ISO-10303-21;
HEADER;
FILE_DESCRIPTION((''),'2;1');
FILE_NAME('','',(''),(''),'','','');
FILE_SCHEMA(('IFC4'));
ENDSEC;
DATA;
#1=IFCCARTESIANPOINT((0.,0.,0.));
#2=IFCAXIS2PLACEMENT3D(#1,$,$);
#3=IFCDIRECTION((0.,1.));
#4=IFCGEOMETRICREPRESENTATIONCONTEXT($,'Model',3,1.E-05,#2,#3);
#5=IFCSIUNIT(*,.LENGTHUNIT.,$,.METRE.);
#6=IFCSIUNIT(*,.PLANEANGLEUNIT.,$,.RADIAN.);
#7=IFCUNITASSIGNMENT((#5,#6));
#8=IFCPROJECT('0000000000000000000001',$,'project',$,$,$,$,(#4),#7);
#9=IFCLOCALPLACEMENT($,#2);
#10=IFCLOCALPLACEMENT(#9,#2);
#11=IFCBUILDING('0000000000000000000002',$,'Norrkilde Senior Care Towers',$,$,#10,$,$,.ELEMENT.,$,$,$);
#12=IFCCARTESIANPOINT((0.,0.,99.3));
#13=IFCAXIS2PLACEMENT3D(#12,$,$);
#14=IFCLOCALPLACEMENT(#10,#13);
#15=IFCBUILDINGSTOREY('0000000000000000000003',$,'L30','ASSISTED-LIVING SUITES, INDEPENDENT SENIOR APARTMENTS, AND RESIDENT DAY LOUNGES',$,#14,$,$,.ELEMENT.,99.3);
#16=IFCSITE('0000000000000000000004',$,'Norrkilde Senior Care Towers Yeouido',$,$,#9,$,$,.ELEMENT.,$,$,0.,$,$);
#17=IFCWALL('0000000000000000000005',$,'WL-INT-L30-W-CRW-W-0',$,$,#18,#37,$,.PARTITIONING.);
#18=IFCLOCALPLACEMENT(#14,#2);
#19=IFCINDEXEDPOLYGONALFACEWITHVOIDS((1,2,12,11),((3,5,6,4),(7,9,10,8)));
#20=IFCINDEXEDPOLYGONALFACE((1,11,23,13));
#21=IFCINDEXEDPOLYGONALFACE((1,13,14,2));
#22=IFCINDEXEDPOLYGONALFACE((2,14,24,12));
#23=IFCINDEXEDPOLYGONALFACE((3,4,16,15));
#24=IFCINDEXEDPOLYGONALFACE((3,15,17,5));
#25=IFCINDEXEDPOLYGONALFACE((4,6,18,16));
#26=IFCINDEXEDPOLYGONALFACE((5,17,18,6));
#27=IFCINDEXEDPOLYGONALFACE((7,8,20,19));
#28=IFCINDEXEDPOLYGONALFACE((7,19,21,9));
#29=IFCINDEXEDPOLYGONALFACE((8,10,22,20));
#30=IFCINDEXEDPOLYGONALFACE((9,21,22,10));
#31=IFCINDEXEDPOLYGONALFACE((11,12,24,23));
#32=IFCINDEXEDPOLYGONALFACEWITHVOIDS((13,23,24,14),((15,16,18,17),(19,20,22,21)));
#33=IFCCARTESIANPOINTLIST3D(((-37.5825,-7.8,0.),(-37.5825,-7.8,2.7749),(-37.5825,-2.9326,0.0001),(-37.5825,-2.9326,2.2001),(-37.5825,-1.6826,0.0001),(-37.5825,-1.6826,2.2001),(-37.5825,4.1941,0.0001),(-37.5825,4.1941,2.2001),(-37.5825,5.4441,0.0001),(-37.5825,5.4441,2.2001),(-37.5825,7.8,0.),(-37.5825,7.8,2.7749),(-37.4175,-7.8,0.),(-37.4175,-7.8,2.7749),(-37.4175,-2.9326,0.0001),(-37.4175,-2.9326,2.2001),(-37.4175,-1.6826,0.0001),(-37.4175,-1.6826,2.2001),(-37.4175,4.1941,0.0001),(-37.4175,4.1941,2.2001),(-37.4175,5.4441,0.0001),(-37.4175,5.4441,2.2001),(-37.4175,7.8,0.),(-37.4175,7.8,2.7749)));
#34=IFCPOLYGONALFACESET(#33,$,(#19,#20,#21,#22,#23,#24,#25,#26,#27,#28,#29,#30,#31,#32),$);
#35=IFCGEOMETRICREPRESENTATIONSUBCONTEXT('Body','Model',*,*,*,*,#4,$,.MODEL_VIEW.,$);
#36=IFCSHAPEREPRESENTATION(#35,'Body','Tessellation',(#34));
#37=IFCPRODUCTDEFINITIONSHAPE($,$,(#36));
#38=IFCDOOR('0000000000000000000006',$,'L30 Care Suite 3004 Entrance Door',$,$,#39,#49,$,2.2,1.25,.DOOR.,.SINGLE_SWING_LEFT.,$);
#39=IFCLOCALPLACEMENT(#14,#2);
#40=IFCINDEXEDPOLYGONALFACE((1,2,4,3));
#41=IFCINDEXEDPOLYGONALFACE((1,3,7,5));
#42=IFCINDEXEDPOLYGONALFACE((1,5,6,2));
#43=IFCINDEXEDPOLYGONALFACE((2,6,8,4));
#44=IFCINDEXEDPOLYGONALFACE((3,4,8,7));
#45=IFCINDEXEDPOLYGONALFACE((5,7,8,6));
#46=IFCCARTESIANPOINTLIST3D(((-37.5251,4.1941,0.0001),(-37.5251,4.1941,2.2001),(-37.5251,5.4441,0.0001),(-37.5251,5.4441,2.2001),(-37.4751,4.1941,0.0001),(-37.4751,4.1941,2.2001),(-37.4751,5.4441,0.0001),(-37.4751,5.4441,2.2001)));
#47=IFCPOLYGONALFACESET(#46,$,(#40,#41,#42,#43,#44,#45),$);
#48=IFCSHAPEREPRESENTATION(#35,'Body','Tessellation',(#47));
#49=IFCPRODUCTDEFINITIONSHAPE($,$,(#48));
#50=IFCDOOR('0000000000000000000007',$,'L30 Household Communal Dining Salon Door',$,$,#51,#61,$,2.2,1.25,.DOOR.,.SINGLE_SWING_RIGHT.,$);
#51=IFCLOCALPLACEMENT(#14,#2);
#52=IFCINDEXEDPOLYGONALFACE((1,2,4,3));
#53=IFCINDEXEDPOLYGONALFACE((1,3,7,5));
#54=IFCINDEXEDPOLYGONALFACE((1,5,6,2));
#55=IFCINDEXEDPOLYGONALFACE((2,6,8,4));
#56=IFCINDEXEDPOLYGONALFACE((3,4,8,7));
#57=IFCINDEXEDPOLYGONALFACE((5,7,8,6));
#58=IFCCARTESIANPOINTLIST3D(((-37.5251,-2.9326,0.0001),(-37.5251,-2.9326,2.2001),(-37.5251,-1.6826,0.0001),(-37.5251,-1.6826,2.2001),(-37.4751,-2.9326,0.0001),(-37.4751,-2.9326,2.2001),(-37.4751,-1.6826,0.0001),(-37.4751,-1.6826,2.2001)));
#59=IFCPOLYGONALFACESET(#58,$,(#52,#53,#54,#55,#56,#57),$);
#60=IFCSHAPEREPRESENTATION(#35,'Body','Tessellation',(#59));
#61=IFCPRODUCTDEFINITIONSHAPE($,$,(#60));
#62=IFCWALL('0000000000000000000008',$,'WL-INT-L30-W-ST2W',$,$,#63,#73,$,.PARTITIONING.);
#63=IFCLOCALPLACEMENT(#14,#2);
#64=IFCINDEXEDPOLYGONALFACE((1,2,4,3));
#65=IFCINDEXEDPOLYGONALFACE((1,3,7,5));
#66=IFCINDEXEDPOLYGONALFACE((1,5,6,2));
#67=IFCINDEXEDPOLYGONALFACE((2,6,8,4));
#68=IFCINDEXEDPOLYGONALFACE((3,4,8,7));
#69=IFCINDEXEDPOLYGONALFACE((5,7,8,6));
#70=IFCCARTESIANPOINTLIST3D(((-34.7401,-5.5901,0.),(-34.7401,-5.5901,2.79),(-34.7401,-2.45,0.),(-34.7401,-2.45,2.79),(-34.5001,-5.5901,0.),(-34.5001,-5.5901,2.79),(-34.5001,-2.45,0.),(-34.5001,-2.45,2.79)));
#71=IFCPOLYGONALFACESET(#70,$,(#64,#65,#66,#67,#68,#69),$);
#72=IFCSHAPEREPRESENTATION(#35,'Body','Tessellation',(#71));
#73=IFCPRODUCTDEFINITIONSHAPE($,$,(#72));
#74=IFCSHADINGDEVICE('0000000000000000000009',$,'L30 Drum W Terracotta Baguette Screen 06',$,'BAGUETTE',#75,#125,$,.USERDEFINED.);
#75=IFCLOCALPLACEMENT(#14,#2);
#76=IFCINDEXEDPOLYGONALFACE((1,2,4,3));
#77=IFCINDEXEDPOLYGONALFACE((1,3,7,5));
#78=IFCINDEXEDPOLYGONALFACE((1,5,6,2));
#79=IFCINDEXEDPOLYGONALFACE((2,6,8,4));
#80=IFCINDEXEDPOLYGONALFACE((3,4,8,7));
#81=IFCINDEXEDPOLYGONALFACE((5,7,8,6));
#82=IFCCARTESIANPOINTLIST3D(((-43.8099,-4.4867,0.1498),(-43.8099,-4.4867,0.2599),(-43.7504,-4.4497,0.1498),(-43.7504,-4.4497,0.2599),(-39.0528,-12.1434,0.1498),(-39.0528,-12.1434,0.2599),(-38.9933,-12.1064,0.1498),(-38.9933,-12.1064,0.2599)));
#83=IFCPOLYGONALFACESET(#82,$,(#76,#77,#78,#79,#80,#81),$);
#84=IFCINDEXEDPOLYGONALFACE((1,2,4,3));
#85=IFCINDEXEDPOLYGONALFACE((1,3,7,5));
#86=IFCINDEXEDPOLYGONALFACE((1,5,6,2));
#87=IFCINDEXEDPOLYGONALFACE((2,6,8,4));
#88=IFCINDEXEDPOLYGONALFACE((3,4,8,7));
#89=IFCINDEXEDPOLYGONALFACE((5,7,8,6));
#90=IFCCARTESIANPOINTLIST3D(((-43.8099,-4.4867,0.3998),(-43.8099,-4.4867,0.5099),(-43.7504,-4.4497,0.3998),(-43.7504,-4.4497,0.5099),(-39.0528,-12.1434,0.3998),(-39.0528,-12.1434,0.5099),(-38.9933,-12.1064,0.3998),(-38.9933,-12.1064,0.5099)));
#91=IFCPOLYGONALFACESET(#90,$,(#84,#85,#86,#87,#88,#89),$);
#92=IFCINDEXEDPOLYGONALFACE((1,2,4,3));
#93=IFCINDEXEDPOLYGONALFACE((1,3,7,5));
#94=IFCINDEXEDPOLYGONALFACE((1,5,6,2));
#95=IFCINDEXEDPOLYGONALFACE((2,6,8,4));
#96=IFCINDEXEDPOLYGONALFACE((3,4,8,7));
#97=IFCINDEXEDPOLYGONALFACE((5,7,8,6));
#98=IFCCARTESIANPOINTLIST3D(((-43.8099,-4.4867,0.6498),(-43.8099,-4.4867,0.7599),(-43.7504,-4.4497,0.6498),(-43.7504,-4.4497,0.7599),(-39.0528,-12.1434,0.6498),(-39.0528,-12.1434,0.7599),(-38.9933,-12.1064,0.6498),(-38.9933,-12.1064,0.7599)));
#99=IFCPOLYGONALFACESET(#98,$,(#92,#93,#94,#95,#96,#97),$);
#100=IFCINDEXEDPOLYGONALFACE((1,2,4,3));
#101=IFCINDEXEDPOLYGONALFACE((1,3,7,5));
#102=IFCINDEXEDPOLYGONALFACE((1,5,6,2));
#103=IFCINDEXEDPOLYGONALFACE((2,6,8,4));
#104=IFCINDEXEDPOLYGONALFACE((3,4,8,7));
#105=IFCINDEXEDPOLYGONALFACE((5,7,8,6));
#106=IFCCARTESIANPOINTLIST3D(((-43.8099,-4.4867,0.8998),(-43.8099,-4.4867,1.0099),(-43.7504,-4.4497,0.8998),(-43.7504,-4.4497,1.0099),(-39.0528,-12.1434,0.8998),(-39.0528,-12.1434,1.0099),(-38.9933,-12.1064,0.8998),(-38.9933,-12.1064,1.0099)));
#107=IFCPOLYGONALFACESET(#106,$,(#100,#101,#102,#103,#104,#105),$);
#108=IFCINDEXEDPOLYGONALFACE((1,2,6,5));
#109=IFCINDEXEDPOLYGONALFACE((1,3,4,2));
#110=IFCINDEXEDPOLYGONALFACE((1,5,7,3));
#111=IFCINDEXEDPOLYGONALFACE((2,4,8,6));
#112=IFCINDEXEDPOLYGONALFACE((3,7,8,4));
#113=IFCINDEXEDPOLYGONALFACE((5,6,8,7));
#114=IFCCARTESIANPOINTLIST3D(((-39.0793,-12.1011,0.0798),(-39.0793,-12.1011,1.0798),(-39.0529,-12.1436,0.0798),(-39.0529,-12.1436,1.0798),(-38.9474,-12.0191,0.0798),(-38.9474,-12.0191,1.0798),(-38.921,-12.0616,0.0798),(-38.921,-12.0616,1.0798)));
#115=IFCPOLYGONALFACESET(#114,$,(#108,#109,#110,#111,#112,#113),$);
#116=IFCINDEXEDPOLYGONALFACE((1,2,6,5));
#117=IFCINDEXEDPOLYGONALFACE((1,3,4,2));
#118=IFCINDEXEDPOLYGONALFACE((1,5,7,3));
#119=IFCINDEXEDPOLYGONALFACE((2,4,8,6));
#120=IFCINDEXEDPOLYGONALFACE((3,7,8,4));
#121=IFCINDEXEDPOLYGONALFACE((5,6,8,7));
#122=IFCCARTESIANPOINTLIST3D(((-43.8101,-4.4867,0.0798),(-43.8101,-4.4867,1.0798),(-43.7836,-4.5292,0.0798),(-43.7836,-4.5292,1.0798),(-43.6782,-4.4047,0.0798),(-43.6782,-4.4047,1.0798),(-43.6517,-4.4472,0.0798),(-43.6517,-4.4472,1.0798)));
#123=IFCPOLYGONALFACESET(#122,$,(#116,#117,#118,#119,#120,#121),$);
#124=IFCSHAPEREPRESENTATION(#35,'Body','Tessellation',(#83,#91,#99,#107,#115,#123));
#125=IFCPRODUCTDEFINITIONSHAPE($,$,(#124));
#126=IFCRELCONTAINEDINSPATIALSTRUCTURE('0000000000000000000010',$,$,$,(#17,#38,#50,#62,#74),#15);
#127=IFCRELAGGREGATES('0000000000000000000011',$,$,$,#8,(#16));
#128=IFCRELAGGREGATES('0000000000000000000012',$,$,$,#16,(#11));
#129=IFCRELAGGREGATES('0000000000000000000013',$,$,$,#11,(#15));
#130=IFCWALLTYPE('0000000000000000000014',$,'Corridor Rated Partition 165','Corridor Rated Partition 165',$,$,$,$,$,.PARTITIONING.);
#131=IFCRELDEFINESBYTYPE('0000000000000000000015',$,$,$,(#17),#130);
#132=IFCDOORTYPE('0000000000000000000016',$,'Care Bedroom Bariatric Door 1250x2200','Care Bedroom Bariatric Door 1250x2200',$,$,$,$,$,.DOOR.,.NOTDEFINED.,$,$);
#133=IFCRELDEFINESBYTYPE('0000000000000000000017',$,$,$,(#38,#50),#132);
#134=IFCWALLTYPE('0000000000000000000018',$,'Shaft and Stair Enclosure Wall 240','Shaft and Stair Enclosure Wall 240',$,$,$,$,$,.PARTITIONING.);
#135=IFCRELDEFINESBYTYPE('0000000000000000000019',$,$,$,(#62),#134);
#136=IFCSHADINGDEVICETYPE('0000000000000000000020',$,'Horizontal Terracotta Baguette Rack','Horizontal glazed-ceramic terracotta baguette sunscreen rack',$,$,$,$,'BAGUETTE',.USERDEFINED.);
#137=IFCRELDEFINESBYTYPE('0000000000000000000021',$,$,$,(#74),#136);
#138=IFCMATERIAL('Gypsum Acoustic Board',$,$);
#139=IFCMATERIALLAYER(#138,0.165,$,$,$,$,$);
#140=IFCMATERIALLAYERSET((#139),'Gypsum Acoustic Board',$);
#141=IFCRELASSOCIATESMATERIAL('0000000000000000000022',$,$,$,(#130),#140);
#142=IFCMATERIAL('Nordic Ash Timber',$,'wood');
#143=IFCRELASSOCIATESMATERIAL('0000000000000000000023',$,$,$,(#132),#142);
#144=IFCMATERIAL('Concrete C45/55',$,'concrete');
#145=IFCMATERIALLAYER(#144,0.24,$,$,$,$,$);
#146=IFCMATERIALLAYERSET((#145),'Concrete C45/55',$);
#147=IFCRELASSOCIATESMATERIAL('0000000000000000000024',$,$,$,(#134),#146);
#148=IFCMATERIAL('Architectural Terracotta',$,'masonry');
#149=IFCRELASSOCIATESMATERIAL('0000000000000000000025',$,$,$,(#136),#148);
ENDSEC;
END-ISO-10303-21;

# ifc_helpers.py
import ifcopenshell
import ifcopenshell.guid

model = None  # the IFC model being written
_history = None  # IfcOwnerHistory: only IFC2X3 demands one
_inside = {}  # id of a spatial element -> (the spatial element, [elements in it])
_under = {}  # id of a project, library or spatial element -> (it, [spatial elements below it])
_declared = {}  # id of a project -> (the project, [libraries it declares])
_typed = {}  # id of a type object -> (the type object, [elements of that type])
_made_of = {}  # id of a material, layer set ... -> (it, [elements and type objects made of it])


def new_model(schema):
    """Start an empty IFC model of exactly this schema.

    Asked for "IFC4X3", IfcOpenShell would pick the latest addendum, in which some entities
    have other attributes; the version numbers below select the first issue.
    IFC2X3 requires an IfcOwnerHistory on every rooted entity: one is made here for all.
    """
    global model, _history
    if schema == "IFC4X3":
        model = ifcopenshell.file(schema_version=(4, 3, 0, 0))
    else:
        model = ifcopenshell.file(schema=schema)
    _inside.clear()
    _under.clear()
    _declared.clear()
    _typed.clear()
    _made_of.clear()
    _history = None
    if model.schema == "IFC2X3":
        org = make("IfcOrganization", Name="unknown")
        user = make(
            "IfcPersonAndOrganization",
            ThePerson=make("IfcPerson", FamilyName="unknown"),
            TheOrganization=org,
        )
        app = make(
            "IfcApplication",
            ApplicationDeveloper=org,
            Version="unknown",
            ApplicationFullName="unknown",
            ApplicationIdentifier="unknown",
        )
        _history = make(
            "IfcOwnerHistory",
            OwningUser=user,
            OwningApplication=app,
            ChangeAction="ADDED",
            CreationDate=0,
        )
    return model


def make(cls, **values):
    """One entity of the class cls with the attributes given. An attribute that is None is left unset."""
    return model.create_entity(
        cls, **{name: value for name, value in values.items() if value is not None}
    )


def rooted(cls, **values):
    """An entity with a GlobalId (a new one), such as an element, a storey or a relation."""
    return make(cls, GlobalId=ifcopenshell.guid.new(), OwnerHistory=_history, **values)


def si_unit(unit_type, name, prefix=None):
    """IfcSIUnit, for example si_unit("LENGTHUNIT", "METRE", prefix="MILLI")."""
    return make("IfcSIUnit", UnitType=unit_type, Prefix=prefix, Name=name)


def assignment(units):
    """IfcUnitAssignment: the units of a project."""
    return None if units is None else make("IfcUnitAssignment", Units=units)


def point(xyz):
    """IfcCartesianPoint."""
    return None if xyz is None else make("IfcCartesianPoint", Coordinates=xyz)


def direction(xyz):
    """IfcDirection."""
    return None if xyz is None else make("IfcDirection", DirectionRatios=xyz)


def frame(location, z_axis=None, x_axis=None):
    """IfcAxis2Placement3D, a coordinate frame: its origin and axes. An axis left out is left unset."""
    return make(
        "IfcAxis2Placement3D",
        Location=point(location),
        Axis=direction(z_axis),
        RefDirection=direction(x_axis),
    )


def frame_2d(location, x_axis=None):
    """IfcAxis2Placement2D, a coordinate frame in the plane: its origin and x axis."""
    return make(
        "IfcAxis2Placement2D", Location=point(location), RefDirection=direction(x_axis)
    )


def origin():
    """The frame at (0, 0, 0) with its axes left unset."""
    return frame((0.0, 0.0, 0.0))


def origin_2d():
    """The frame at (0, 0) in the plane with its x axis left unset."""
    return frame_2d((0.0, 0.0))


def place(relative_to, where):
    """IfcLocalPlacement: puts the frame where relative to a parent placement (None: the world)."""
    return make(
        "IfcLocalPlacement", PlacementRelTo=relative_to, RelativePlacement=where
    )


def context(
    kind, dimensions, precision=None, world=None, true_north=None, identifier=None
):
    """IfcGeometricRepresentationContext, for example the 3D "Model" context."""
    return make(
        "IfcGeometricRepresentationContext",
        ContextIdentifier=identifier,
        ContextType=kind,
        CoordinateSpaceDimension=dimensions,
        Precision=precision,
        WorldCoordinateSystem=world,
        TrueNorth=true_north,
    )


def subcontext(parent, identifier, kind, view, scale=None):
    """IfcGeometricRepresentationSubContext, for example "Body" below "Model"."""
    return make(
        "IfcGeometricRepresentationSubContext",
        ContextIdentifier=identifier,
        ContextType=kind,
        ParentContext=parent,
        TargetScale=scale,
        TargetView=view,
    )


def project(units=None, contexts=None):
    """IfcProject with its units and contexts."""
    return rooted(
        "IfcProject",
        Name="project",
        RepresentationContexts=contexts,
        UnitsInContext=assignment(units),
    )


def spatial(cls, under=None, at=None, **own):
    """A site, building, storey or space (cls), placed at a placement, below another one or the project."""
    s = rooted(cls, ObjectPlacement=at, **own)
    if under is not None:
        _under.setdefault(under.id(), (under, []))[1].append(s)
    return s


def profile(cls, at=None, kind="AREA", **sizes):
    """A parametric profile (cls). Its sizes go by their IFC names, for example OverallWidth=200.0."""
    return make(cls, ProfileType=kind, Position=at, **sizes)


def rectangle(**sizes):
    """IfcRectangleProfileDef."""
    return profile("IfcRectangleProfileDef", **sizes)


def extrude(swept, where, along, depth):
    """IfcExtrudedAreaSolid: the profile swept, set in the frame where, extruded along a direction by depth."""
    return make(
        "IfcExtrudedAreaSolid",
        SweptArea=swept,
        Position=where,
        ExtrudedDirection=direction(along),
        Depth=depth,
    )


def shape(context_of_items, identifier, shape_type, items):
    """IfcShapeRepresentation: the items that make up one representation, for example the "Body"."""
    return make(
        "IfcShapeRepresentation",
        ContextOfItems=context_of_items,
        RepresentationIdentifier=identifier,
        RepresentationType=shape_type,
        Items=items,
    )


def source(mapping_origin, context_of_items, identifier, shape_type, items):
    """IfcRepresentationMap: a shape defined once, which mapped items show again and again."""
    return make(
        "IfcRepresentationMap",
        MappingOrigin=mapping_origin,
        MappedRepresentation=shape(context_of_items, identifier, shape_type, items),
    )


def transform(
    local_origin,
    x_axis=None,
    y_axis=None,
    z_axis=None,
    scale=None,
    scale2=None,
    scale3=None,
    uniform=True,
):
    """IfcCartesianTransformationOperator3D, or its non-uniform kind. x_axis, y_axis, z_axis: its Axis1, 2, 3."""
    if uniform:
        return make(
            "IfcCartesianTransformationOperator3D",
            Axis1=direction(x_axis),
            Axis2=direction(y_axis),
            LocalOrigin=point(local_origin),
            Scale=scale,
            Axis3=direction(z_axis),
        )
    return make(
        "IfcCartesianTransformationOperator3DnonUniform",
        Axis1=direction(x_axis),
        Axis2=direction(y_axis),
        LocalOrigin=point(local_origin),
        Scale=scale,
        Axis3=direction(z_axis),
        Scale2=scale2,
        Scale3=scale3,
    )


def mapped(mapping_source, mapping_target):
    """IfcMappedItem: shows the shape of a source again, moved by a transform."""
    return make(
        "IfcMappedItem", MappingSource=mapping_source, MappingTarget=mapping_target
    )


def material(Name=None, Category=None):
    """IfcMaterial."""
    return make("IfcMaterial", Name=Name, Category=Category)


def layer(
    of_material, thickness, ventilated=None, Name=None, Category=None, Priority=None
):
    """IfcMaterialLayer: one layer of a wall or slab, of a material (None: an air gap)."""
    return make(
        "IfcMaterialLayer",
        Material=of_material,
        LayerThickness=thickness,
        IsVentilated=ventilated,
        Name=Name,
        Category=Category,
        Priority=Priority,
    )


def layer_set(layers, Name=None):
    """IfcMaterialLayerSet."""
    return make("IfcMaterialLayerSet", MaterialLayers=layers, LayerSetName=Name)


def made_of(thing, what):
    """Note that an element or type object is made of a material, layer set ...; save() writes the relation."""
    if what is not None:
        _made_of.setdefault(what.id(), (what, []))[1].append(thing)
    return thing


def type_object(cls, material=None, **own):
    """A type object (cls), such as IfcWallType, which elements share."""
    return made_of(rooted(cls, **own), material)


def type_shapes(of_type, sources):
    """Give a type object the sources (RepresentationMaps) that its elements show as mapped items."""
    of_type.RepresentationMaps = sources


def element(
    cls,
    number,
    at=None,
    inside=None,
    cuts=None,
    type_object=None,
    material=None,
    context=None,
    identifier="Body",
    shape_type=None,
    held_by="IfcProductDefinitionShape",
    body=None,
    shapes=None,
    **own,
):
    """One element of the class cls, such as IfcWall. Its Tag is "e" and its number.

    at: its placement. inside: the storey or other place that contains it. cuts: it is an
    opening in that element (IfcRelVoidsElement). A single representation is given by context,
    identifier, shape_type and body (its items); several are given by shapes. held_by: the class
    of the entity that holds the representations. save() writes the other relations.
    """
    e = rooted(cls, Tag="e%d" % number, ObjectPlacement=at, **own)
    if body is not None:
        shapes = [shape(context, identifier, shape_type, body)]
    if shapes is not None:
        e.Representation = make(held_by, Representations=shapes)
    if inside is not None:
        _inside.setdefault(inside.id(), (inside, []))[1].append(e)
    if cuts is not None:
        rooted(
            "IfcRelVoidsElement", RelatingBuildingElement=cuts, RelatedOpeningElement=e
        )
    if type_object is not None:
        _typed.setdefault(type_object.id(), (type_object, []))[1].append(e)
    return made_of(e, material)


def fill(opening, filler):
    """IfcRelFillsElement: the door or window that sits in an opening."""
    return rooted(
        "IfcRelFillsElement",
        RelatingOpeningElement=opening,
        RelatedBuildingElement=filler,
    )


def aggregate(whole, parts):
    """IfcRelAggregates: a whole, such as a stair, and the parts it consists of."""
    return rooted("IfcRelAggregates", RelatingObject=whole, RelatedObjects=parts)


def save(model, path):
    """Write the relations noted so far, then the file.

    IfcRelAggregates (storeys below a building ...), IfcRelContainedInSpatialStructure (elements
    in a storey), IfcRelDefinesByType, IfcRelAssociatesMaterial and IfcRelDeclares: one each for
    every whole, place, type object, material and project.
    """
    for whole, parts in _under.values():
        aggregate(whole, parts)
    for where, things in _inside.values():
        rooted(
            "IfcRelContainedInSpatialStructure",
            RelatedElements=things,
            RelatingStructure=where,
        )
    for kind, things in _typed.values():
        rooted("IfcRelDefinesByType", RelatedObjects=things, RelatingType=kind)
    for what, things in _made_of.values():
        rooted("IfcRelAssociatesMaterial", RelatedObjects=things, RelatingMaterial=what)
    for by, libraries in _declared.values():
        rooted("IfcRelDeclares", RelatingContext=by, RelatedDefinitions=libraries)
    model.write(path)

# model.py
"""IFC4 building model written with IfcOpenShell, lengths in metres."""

from ifc_helpers import new_model, si_unit, direction, frame, frame_2d, origin, origin_2d, place, context, subcontext, project, spatial, rectangle, extrude, source, transform, mapped, material, layer, layer_set, type_object, type_shapes, element, fill, save


model = new_model("IFC4")

# Units and contexts
model_context = context("Model", 3, precision=1e-05, world=origin(), true_north=direction((0.0, 1.0)))
body_context = subcontext(model_context, "Body", "Model", "MODEL_VIEW")
ifc_project = project(units=[si_unit("LENGTHUNIT", "METRE"), si_unit("PLANEANGLEUNIT", "RADIAN")], contexts=[model_context])

# Site, building, storey
site_placement = place(None, origin())
site = spatial("IfcSite", under=ifc_project, at=site_placement, Name="Norrkilde Senior Care Towers Yeouido", CompositionType="ELEMENT", RefElevation=0.0)
building_placement = place(site_placement, origin())
building = spatial("IfcBuilding", under=site, at=building_placement, Name="Norrkilde Senior Care Towers", CompositionType="ELEMENT")
storey_placement = place(building_placement, frame((0.0, 0.0, 99.3)))
storey = spatial("IfcBuildingStorey", under=building, at=storey_placement, Name="L30", Description="ASSISTED-LIVING SUITES, INDEPENDENT SENIOR APARTMENTS, AND RESIDENT DAY LOUNGES", CompositionType="ELEMENT", Elevation=99.3)

# Wall, openings, doors
ifc_material_1 = material(Name="Concrete C45/55", Category="concrete")
ifc_material_2 = material(Name="Gypsum Acoustic Board")
ifc_layer_1 = layer(ifc_material_2, 0.165)
ifc_layer_set_1 = layer_set([ifc_layer_1], Name="Gypsum Acoustic Board")
wall_type_1 = type_object("IfcWallType", Name="Corridor Rated Partition 165", Description="Corridor Rated Partition 165", PredefinedType="PARTITIONING", material=ifc_layer_set_1)
shared_shape_1 = source(origin(), body_context, "Body", "SweptSolid", [
    extrude(rectangle(XDim=15.6001, YDim=0.165, at=frame_2d((7.8, 0.0))), origin(), (0.0, 0.0, 1.0), 2.7749),
])
type_shapes(wall_type_1, [shared_shape_1])
wall_1_placement = place(storey_placement, frame((-37.5, -7.8, 0.0), z_axis=(0.0, 0.0, 1.0), x_axis=(0.0, 1.0, 0.0)))
wall_1 = element("IfcWall", 1, at=wall_1_placement, inside=storey, type_object=wall_type_1, Name="WL-INT-L30-W-CRW-W-0", PredefinedType="PARTITIONING", context=body_context, shape_type="MappedRepresentation", body=[
    mapped(shared_shape_1, transform((0.0, 0.0, 0.0), x_axis=(1.0, 0.0, 0.0), y_axis=(0.0, 1.0, 0.0), z_axis=(0.0, 0.0, 1.0), scale=1.0)),
])
opening_1_placement = place(wall_1_placement, frame((11.9941, 0.0, 0.0)))
opening_1 = element("IfcOpeningElement", 2, at=opening_1_placement, cuts=wall_1, PredefinedType="OPENING", context=body_context, shape_type="SweptSolid", body=[
    extrude(rectangle(XDim=1.25, YDim=2.2, at=frame_2d((0.625, 1.1001))), frame((0.0, 0.0925, 0.0), z_axis=(0.0, -1.0, 0.0), x_axis=(1.0, 0.0, 0.0)), (0.0, 0.0, 1.0), 0.1851),
])
opening_2_placement = place(wall_1_placement, frame((4.8674, 0.0, 0.0)))
opening_2 = element("IfcOpeningElement", 3, at=opening_2_placement, cuts=wall_1, PredefinedType="OPENING", context=body_context, shape_type="SweptSolid", body=[
    extrude(rectangle(XDim=1.25, YDim=2.2, at=frame_2d((0.625, 1.1001))), frame((0.0, 0.0925, 0.0), z_axis=(0.0, -1.0, 0.0), x_axis=(1.0, 0.0, 0.0)), (0.0, 0.0, 1.0), 0.1851),
])
ifc_material_3 = material(Name="Nordic Ash Timber", Category="wood")
door_type_1 = type_object("IfcDoorType", Name="Care Bedroom Bariatric Door 1250x2200", Description="Care Bedroom Bariatric Door 1250x2200", OperationType="NOTDEFINED", PredefinedType="DOOR", material=ifc_material_3)
shared_shape_2 = source(origin(), body_context, "Body", "SweptSolid", [
    extrude(rectangle(XDim=1.25, YDim=2.2, at=frame_2d((0.625, 1.1001))), frame((0.0, 0.0249, 0.0), z_axis=(0.0, -1.0, 0.0), x_axis=(1.0, 0.0, 0.0)), (0.0, 0.0, 1.0), 0.05),
])
type_shapes(door_type_1, [shared_shape_2])
door_1_placement = place(opening_1_placement, frame((1.25, 0.0, 0.0), z_axis=(0.0, 0.0, 1.0), x_axis=(-1.0, 0.0, 0.0)))
door_1 = element("IfcDoor", 4, at=door_1_placement, inside=storey, type_object=door_type_1, Name="L30 Care Suite 3004 Entrance Door", OperationType="SINGLE_SWING_LEFT", OverallHeight=2.2, OverallWidth=1.25, PredefinedType="DOOR", context=body_context, shape_type="MappedRepresentation", body=[
    mapped(shared_shape_2, transform((0.0, 0.0, 0.0), x_axis=(1.0, 0.0, 0.0), y_axis=(0.0, 1.0, 0.0), z_axis=(0.0, 0.0, 1.0), scale=1.0)),
])
fill(opening_1, door_1)
door_2_placement = place(opening_2_placement, frame((1.25, 0.0, 0.0), z_axis=(0.0, 0.0, 1.0), x_axis=(-1.0, 0.0, 0.0)))
door_2 = element("IfcDoor", 5, at=door_2_placement, inside=storey, type_object=door_type_1, Name="L30 Household Communal Dining Salon Door", OperationType="SINGLE_SWING_RIGHT", OverallHeight=2.2, OverallWidth=1.25, PredefinedType="DOOR", context=body_context, shape_type="MappedRepresentation", body=[
    mapped(shared_shape_2, transform((0.0, 0.0, 0.0), x_axis=(1.0, 0.0, 0.0), y_axis=(0.0, 1.0, 0.0), z_axis=(0.0, 0.0, 1.0), scale=1.0)),
])
fill(opening_2, door_2)

# Shared definitions
ifc_layer_2 = layer(ifc_material_1, 0.24)
ifc_layer_set_2 = layer_set([ifc_layer_2], Name="Concrete C45/55")
wall_type_2 = type_object("IfcWallType", Name="Shaft and Stair Enclosure Wall 240", Description="Shaft and Stair Enclosure Wall 240", PredefinedType="PARTITIONING", material=ifc_layer_set_2)

# Wall
shared_shape_3 = source(origin(), body_context, "Body", "SweptSolid", [
    extrude(rectangle(XDim=3.1401, YDim=0.24, at=frame_2d((1.5701, 0.0))), origin(), (0.0, 0.0, 1.0), 2.79),
])
wall_2_placement = place(storey_placement, frame((-34.6201, -5.5901, 0.0), z_axis=(0.0, 0.0, 1.0), x_axis=(0.0, 1.0, 0.0)))
element("IfcWall", 6, at=wall_2_placement, inside=storey, type_object=wall_type_2, Name="WL-INT-L30-W-ST2W", PredefinedType="PARTITIONING", context=body_context, shape_type="MappedRepresentation", body=[
    mapped(shared_shape_3, transform((0.0, 0.0, 0.0), x_axis=(1.0, 0.0, 0.0), y_axis=(0.0, 1.0, 0.0), z_axis=(0.0, 0.0, 1.0), scale=1.0)),
])

# Shading device
ifc_material_4 = material(Name="Architectural Terracotta", Category="masonry")
shading_device_type = type_object("IfcShadingDeviceType", Name="Horizontal Terracotta Baguette Rack", Description="Horizontal glazed-ceramic terracotta baguette sunscreen rack", ElementType="BAGUETTE", PredefinedType="USERDEFINED", material=ifc_material_4)
shared_shape_4 = source(origin(), body_context, "Body", "SweptSolid", [
    extrude(rectangle(XDim=0.0701, YDim=0.1101, at=origin_2d()), frame((0.0, 0.0901, 0.125), z_axis=(1.0, 0.0, 0.0), x_axis=(0.0, 1.0, 0.0)), (0.0, 0.0, 1.0), 9.0142),
    extrude(rectangle(XDim=0.0701, YDim=0.1101, at=origin_2d()), frame((0.0, 0.0901, 0.375), z_axis=(1.0, 0.0, 0.0), x_axis=(0.0, 1.0, 0.0)), (0.0, 0.0, 1.0), 9.0142),
    extrude(rectangle(XDim=0.0701, YDim=0.1101, at=origin_2d()), frame((0.0, 0.0901, 0.625), z_axis=(1.0, 0.0, 0.0), x_axis=(0.0, 1.0, 0.0)), (0.0, 0.0, 1.0), 9.0142),
    extrude(rectangle(XDim=0.0701, YDim=0.1101, at=origin_2d()), frame((0.0, 0.0901, 0.875), z_axis=(1.0, 0.0, 0.0), x_axis=(0.0, 1.0, 0.0)), (0.0, 0.0, 1.0), 9.0142),
    extrude(rectangle(XDim=0.05, YDim=0.1553, at=origin_2d()), frame((0.0249, 0.0476, 0.0)), (0.0, 0.0, 1.0), 1.0),
    extrude(rectangle(XDim=0.05, YDim=0.1553, at=origin_2d()), frame((8.9893, 0.0476, 0.0)), (0.0, 0.0, 1.0), 1.0),
])
type_shapes(shading_device_type, [shared_shape_4])
shading_device_placement = place(storey_placement, frame((-38.9465, -12.0774, 0.0798), z_axis=(0.0, 0.0, 1.0), x_axis=(-0.527734, 0.849412, 0.0)))
element("IfcShadingDevice", 7, at=shading_device_placement, inside=storey, type_object=shading_device_type, Name="L30 Drum W Terracotta Baguette Screen 06", ObjectType="BAGUETTE", PredefinedType="USERDEFINED", context=body_context, shape_type="MappedRepresentation", body=[
    mapped(shared_shape_4, transform((0.0, 0.0, 0.0), x_axis=(1.0, 0.0, 0.0), y_axis=(0.0, 1.0, 0.0), z_axis=(0.0, 0.0, 1.0), scale=1.0)),
])

save(model, "model.ifc")
